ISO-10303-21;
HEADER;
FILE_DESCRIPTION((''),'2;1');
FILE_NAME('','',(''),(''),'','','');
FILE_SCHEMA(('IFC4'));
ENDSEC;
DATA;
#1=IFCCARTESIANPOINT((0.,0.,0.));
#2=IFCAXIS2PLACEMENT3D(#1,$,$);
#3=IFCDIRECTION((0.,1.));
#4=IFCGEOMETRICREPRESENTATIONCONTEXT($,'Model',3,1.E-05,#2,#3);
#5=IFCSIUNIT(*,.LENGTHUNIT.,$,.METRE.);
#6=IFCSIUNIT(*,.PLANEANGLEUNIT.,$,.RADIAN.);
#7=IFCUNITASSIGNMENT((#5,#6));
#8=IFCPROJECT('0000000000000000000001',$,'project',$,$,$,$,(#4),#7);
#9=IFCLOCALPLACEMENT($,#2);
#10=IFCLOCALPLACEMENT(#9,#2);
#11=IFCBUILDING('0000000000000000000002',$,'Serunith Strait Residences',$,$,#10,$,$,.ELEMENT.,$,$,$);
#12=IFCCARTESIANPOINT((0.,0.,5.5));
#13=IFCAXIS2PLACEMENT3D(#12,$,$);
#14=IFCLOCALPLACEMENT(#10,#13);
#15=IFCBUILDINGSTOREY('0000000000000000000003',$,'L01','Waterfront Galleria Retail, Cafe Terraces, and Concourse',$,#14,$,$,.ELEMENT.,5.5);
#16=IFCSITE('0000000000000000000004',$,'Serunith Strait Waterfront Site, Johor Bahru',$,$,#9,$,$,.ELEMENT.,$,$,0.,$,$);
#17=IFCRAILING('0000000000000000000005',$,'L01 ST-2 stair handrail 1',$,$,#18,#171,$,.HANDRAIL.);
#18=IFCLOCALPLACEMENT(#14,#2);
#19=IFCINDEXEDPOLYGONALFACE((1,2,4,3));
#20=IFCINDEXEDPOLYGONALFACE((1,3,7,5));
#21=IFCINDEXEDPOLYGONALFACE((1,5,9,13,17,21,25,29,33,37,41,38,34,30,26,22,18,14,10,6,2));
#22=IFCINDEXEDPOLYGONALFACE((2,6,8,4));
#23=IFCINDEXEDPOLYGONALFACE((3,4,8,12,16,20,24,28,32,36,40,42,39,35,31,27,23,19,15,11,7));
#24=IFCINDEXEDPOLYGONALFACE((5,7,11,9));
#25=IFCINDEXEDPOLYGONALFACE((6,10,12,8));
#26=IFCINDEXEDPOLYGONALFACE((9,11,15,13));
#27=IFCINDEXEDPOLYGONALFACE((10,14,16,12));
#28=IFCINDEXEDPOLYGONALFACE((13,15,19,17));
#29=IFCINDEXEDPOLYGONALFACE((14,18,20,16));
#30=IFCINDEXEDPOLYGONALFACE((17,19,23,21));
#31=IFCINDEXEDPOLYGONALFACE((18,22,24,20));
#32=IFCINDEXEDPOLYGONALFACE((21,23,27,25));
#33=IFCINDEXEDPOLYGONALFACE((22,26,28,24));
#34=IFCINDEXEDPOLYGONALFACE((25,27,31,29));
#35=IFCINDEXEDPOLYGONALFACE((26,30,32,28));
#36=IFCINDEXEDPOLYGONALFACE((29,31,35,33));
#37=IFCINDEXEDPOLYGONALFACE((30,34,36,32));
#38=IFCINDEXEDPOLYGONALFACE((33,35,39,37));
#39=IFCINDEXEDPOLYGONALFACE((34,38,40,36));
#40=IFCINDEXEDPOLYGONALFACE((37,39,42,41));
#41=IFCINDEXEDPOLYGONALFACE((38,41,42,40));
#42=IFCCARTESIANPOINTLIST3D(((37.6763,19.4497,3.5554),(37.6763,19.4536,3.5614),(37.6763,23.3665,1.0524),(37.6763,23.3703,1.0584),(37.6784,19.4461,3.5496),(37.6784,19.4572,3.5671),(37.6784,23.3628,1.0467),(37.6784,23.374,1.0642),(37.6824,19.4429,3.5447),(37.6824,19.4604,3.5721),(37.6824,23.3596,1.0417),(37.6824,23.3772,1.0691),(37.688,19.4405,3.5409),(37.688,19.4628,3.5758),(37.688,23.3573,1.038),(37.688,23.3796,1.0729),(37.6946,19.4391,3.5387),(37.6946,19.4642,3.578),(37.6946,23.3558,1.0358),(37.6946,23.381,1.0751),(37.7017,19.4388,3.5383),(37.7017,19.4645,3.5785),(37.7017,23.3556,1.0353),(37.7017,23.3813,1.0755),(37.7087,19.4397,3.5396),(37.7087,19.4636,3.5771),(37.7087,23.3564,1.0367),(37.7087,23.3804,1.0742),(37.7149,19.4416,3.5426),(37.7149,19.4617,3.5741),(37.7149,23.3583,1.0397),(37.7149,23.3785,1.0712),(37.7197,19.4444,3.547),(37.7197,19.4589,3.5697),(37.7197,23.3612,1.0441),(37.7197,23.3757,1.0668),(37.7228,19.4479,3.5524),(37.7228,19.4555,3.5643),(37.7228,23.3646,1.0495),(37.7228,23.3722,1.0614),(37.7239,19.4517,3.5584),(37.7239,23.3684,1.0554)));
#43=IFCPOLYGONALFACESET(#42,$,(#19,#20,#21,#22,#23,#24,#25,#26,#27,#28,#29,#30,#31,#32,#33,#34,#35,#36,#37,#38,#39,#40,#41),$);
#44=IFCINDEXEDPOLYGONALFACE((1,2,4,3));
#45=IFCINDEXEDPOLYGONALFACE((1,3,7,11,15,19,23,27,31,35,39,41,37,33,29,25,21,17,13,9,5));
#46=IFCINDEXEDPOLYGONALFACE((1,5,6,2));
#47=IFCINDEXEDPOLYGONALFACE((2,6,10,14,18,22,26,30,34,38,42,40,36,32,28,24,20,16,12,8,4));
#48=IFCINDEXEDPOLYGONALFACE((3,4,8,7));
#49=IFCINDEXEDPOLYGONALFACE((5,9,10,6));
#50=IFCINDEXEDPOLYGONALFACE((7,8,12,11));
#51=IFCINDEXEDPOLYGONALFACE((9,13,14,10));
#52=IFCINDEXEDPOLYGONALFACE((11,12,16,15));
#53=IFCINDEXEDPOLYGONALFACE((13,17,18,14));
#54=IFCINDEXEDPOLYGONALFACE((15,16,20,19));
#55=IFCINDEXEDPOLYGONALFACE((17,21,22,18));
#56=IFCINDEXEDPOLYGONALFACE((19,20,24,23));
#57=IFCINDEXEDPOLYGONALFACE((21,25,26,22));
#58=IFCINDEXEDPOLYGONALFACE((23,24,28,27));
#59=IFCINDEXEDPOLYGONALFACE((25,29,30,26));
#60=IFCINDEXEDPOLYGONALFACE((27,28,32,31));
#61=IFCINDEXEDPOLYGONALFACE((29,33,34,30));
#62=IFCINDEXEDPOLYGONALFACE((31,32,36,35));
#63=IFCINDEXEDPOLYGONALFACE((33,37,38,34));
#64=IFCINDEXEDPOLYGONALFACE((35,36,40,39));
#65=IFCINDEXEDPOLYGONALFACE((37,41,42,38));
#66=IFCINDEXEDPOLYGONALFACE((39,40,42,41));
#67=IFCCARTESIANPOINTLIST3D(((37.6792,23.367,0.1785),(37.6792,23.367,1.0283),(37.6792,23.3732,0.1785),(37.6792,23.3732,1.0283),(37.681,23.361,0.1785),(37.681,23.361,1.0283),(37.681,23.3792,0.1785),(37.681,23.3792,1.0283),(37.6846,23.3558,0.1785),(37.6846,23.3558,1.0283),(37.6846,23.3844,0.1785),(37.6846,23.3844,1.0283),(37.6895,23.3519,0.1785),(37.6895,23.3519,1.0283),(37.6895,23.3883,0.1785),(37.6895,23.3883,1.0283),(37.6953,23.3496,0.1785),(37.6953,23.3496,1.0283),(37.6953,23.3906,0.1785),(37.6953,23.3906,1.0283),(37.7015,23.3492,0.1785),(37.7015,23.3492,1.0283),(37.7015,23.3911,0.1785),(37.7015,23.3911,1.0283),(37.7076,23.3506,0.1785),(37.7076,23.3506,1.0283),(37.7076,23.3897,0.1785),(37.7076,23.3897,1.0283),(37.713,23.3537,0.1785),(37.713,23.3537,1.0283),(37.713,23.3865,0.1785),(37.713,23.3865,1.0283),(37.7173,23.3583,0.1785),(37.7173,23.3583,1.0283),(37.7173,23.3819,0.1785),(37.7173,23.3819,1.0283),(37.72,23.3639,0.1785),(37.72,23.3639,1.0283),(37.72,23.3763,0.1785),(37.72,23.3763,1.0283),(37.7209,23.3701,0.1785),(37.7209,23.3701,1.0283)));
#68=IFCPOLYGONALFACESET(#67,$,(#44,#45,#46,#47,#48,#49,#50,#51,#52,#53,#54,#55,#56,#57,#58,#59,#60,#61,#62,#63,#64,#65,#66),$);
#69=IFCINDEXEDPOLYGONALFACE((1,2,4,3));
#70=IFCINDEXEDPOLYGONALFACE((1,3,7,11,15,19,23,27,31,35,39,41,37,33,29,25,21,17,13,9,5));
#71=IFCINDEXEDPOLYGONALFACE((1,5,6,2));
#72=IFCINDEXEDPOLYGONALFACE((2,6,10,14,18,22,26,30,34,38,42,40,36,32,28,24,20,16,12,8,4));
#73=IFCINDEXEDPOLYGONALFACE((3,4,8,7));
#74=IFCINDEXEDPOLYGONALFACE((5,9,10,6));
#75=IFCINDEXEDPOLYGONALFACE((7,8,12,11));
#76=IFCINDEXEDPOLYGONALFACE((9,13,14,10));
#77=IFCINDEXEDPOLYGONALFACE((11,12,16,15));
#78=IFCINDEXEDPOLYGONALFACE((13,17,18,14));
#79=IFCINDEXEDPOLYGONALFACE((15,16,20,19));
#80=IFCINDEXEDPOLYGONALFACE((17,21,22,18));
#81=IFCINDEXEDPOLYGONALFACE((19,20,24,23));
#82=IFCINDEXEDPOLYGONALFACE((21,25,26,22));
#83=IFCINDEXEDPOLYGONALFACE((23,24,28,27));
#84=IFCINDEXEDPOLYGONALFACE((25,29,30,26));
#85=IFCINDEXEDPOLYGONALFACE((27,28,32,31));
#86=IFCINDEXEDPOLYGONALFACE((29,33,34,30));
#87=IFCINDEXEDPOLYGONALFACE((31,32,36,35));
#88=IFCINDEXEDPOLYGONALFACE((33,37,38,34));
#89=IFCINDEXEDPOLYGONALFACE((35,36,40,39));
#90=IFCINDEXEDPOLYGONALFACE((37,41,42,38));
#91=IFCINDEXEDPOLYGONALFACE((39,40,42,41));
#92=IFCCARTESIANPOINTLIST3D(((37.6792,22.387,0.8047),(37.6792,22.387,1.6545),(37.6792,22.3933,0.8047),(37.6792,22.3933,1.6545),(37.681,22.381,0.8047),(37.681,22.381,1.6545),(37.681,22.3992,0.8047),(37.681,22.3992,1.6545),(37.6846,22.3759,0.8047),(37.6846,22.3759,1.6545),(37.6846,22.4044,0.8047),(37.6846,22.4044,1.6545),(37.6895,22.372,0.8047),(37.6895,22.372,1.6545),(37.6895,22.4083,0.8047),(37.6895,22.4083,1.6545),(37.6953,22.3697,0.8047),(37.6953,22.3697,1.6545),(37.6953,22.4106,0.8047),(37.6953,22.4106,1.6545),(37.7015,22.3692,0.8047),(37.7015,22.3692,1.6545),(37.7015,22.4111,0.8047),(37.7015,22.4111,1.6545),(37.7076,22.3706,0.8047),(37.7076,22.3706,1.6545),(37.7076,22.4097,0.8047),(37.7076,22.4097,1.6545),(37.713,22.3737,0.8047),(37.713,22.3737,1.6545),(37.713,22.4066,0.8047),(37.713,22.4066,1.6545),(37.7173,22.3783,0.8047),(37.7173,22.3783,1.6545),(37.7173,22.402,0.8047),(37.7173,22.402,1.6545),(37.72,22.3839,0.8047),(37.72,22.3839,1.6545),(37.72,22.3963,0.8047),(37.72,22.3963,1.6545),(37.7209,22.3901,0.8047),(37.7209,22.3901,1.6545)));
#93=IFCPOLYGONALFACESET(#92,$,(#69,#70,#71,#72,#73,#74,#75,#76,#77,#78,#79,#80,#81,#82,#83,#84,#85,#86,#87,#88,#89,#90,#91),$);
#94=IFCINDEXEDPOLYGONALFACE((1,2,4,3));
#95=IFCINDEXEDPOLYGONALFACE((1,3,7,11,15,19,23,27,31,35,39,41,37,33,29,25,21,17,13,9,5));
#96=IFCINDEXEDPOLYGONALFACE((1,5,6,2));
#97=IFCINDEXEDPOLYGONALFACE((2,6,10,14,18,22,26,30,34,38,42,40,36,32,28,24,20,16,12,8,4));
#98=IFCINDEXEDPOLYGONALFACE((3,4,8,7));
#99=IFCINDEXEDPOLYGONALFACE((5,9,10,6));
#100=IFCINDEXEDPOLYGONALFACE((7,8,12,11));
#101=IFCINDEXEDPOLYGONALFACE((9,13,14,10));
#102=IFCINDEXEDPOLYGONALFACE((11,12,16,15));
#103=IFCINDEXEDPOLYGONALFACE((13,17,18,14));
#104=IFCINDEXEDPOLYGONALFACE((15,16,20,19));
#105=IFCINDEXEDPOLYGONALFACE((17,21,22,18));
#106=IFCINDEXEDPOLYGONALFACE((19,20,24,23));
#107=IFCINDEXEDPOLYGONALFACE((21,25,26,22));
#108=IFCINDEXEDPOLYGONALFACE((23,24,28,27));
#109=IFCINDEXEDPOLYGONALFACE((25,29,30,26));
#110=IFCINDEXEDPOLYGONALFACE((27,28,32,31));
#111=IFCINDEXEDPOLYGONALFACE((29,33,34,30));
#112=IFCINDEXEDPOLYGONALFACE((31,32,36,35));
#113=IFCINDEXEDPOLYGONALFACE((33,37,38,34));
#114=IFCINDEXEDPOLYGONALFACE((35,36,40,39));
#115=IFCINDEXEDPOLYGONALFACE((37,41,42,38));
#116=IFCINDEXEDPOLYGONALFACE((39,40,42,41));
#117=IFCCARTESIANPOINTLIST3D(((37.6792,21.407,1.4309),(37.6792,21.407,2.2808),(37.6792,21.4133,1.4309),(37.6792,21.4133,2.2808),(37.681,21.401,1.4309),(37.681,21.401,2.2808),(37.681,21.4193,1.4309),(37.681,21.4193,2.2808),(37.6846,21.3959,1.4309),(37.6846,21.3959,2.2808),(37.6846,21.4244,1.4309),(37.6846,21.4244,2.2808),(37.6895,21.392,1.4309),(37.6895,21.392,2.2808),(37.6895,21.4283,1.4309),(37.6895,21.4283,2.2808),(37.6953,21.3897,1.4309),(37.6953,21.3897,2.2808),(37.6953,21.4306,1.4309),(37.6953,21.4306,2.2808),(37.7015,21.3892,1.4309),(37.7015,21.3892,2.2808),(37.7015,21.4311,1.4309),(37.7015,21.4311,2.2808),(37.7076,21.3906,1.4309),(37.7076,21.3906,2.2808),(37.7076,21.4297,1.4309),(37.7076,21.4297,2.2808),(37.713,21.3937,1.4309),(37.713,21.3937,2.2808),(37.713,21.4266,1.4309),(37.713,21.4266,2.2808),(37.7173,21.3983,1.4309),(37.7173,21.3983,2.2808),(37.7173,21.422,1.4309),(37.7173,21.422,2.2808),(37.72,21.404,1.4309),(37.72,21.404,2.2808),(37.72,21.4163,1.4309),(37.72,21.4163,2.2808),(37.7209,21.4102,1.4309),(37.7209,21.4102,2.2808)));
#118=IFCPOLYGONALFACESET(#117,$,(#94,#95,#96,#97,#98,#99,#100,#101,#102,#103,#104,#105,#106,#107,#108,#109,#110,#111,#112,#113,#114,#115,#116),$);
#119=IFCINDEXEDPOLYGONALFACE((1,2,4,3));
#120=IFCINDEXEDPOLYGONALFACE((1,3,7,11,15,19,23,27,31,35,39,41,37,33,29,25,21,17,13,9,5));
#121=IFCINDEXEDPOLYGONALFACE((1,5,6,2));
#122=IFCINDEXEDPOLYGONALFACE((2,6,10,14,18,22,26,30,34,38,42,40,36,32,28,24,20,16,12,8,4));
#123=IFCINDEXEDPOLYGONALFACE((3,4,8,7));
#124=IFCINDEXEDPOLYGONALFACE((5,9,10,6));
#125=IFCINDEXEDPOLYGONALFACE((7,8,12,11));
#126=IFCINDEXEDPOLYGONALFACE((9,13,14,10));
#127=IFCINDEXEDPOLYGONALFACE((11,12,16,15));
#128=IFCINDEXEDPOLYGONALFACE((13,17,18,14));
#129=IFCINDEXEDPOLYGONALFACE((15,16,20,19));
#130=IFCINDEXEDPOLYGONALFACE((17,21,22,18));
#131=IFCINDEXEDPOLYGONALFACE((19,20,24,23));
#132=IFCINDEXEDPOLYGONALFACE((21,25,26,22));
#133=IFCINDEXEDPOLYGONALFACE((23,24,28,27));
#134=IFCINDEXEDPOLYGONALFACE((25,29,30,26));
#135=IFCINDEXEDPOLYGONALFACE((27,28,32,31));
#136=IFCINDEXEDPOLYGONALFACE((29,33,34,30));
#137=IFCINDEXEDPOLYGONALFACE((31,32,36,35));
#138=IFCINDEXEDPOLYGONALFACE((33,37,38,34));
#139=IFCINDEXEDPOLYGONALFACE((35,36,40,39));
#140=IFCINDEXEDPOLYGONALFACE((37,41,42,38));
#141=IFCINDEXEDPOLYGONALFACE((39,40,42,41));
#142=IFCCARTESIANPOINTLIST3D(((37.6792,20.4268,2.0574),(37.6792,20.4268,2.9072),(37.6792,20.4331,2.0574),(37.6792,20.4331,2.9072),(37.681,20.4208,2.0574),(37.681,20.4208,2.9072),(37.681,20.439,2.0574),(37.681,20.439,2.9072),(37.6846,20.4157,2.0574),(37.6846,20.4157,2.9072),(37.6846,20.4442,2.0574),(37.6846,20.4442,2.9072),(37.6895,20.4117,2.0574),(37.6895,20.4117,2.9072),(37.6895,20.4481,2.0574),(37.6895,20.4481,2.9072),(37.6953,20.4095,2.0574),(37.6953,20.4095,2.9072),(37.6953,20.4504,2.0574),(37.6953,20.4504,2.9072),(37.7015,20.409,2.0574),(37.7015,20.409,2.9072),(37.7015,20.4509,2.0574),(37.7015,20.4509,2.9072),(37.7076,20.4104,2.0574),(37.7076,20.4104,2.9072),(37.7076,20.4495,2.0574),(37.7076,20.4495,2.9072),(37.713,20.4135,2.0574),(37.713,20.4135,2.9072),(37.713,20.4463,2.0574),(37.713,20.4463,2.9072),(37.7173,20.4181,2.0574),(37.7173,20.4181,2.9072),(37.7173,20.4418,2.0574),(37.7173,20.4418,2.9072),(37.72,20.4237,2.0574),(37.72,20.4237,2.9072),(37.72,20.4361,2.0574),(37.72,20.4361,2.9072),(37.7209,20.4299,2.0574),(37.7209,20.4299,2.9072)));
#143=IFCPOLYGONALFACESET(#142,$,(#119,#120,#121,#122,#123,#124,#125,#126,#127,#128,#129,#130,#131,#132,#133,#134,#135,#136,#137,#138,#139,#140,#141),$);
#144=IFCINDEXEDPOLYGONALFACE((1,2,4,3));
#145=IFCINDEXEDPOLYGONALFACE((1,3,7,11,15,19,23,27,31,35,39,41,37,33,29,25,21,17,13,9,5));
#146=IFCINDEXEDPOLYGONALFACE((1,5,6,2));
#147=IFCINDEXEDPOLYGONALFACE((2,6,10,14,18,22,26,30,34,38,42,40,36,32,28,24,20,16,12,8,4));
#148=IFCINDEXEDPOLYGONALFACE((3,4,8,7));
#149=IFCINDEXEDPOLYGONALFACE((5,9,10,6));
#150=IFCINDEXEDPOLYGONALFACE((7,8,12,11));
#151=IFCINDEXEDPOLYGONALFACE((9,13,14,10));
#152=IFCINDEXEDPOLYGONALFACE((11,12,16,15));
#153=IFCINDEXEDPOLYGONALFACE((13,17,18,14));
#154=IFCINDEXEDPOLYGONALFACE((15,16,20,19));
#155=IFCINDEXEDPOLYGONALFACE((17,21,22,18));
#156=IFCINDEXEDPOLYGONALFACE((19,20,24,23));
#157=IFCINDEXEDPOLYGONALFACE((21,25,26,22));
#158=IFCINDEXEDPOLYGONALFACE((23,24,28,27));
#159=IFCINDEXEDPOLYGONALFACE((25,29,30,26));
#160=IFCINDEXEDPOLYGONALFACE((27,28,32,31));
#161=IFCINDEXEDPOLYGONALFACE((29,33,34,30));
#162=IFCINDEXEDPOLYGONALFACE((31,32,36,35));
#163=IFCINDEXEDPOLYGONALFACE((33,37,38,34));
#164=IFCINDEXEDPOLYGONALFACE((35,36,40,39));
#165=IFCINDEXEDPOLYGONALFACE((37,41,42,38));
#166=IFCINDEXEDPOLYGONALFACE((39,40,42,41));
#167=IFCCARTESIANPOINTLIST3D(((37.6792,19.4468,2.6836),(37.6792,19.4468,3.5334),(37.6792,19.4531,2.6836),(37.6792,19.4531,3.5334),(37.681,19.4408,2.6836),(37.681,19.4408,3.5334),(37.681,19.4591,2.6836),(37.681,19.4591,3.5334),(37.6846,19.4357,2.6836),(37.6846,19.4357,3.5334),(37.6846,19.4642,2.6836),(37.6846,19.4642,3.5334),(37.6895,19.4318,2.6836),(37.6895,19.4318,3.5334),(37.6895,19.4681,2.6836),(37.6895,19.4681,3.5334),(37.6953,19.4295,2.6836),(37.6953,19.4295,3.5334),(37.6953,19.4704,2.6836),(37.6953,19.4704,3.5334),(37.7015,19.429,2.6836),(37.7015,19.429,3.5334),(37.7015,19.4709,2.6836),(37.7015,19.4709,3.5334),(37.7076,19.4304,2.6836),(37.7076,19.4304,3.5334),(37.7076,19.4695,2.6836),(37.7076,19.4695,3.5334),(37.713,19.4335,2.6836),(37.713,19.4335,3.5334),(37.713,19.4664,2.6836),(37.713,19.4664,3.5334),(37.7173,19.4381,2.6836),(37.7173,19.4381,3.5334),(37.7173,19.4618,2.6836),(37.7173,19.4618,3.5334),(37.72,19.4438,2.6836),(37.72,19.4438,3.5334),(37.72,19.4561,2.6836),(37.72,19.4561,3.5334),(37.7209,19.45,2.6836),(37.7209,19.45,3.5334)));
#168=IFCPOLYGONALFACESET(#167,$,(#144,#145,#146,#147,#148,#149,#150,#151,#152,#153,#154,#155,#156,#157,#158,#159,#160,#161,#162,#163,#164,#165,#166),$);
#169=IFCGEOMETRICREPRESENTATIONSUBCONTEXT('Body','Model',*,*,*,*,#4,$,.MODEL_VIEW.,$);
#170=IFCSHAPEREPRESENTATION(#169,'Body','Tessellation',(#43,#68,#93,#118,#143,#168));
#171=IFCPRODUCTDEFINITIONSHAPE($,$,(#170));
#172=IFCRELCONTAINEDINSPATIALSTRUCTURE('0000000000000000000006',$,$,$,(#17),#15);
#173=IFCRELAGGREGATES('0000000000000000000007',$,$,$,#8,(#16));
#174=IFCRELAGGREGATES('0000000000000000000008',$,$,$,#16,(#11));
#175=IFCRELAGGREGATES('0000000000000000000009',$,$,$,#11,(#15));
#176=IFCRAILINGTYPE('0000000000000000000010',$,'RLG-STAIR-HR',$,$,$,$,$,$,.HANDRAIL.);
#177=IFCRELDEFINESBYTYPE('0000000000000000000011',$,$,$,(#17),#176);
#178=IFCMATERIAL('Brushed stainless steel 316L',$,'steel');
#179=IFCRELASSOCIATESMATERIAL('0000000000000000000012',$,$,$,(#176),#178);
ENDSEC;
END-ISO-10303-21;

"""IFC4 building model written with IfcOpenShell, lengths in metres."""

from ifc_helpers import new_model, si_unit, direction, frame, origin, origin_2d, place, context, subcontext, project, spatial, circle, extrude, material, type_object, element, save


model = new_model("IFC4")

# Units and contexts
model_context = context("Model", 3, precision=1e-05, world=origin(), true_north=direction((0.0, 1.0)))
body_context = subcontext(model_context, "Body", "Model", "MODEL_VIEW")
ifc_project = project(units=[si_unit("LENGTHUNIT", "METRE"), si_unit("PLANEANGLEUNIT", "RADIAN")], contexts=[model_context])

# Site, building, storey
site_placement = place(None, origin())
site = spatial("IfcSite", under=ifc_project, at=site_placement, Name="Serunith Strait Waterfront Site, Johor Bahru", CompositionType="ELEMENT", RefElevation=0.0)
building_placement = place(site_placement, origin())
building = spatial("IfcBuilding", under=site, at=building_placement, Name="Serunith Strait Residences", CompositionType="ELEMENT")
storey_placement = place(building_placement, frame((0.0, 0.0, 5.5)))
storey = spatial("IfcBuildingStorey", under=building, at=storey_placement, Name="L01", Description="Waterfront Galleria Retail, Cafe Terraces, and Concourse", CompositionType="ELEMENT", Elevation=5.5)

# Railing
ifc_material_1 = material(Name="Brushed stainless steel 316L", Category="steel")
railing_type_1 = type_object("IfcRailingType", Name="RLG-STAIR-HR", PredefinedType="HANDRAIL", material=ifc_material_1)
railing_1_placement = place(storey_placement, frame((37.7, 23.3701, 0.1785)))
element("IfcRailing", 1, at=railing_1_placement, inside=storey, type_object=railing_type_1, Name="L01 ST-2 stair handrail 1", PredefinedType="HANDRAIL", context=body_context, shape_type="SweptSolid", body=[
    extrude(circle(Radius=0.0239, at=origin_2d()), frame((0.0, -0.0017, 0.877), z_axis=(0.0, -0.84264, 0.538477), x_axis=(1.0, 0.0, 0.0)), (0.0, 0.0, 1.0), 4.6482),
    extrude(circle(Radius=0.021, at=origin_2d()), origin(), (0.0, 0.0, 1.0), 0.8499),
    extrude(circle(Radius=0.021, at=origin_2d()), frame((0.0, -0.98, 0.6262)), (0.0, 0.0, 1.0), 0.8499),
    extrude(circle(Radius=0.021, at=origin_2d()), frame((0.0, -1.96, 1.2524)), (0.0, 0.0, 1.0), 0.8499),
    extrude(circle(Radius=0.021, at=origin_2d()), frame((0.0, -2.9402, 1.8789)), (0.0, 0.0, 1.0), 0.8499),
    extrude(circle(Radius=0.021, at=origin_2d()), frame((0.0, -3.9202, 2.5051)), (0.0, 0.0, 1.0), 0.8499),
])

save(model, "model.ifc")
